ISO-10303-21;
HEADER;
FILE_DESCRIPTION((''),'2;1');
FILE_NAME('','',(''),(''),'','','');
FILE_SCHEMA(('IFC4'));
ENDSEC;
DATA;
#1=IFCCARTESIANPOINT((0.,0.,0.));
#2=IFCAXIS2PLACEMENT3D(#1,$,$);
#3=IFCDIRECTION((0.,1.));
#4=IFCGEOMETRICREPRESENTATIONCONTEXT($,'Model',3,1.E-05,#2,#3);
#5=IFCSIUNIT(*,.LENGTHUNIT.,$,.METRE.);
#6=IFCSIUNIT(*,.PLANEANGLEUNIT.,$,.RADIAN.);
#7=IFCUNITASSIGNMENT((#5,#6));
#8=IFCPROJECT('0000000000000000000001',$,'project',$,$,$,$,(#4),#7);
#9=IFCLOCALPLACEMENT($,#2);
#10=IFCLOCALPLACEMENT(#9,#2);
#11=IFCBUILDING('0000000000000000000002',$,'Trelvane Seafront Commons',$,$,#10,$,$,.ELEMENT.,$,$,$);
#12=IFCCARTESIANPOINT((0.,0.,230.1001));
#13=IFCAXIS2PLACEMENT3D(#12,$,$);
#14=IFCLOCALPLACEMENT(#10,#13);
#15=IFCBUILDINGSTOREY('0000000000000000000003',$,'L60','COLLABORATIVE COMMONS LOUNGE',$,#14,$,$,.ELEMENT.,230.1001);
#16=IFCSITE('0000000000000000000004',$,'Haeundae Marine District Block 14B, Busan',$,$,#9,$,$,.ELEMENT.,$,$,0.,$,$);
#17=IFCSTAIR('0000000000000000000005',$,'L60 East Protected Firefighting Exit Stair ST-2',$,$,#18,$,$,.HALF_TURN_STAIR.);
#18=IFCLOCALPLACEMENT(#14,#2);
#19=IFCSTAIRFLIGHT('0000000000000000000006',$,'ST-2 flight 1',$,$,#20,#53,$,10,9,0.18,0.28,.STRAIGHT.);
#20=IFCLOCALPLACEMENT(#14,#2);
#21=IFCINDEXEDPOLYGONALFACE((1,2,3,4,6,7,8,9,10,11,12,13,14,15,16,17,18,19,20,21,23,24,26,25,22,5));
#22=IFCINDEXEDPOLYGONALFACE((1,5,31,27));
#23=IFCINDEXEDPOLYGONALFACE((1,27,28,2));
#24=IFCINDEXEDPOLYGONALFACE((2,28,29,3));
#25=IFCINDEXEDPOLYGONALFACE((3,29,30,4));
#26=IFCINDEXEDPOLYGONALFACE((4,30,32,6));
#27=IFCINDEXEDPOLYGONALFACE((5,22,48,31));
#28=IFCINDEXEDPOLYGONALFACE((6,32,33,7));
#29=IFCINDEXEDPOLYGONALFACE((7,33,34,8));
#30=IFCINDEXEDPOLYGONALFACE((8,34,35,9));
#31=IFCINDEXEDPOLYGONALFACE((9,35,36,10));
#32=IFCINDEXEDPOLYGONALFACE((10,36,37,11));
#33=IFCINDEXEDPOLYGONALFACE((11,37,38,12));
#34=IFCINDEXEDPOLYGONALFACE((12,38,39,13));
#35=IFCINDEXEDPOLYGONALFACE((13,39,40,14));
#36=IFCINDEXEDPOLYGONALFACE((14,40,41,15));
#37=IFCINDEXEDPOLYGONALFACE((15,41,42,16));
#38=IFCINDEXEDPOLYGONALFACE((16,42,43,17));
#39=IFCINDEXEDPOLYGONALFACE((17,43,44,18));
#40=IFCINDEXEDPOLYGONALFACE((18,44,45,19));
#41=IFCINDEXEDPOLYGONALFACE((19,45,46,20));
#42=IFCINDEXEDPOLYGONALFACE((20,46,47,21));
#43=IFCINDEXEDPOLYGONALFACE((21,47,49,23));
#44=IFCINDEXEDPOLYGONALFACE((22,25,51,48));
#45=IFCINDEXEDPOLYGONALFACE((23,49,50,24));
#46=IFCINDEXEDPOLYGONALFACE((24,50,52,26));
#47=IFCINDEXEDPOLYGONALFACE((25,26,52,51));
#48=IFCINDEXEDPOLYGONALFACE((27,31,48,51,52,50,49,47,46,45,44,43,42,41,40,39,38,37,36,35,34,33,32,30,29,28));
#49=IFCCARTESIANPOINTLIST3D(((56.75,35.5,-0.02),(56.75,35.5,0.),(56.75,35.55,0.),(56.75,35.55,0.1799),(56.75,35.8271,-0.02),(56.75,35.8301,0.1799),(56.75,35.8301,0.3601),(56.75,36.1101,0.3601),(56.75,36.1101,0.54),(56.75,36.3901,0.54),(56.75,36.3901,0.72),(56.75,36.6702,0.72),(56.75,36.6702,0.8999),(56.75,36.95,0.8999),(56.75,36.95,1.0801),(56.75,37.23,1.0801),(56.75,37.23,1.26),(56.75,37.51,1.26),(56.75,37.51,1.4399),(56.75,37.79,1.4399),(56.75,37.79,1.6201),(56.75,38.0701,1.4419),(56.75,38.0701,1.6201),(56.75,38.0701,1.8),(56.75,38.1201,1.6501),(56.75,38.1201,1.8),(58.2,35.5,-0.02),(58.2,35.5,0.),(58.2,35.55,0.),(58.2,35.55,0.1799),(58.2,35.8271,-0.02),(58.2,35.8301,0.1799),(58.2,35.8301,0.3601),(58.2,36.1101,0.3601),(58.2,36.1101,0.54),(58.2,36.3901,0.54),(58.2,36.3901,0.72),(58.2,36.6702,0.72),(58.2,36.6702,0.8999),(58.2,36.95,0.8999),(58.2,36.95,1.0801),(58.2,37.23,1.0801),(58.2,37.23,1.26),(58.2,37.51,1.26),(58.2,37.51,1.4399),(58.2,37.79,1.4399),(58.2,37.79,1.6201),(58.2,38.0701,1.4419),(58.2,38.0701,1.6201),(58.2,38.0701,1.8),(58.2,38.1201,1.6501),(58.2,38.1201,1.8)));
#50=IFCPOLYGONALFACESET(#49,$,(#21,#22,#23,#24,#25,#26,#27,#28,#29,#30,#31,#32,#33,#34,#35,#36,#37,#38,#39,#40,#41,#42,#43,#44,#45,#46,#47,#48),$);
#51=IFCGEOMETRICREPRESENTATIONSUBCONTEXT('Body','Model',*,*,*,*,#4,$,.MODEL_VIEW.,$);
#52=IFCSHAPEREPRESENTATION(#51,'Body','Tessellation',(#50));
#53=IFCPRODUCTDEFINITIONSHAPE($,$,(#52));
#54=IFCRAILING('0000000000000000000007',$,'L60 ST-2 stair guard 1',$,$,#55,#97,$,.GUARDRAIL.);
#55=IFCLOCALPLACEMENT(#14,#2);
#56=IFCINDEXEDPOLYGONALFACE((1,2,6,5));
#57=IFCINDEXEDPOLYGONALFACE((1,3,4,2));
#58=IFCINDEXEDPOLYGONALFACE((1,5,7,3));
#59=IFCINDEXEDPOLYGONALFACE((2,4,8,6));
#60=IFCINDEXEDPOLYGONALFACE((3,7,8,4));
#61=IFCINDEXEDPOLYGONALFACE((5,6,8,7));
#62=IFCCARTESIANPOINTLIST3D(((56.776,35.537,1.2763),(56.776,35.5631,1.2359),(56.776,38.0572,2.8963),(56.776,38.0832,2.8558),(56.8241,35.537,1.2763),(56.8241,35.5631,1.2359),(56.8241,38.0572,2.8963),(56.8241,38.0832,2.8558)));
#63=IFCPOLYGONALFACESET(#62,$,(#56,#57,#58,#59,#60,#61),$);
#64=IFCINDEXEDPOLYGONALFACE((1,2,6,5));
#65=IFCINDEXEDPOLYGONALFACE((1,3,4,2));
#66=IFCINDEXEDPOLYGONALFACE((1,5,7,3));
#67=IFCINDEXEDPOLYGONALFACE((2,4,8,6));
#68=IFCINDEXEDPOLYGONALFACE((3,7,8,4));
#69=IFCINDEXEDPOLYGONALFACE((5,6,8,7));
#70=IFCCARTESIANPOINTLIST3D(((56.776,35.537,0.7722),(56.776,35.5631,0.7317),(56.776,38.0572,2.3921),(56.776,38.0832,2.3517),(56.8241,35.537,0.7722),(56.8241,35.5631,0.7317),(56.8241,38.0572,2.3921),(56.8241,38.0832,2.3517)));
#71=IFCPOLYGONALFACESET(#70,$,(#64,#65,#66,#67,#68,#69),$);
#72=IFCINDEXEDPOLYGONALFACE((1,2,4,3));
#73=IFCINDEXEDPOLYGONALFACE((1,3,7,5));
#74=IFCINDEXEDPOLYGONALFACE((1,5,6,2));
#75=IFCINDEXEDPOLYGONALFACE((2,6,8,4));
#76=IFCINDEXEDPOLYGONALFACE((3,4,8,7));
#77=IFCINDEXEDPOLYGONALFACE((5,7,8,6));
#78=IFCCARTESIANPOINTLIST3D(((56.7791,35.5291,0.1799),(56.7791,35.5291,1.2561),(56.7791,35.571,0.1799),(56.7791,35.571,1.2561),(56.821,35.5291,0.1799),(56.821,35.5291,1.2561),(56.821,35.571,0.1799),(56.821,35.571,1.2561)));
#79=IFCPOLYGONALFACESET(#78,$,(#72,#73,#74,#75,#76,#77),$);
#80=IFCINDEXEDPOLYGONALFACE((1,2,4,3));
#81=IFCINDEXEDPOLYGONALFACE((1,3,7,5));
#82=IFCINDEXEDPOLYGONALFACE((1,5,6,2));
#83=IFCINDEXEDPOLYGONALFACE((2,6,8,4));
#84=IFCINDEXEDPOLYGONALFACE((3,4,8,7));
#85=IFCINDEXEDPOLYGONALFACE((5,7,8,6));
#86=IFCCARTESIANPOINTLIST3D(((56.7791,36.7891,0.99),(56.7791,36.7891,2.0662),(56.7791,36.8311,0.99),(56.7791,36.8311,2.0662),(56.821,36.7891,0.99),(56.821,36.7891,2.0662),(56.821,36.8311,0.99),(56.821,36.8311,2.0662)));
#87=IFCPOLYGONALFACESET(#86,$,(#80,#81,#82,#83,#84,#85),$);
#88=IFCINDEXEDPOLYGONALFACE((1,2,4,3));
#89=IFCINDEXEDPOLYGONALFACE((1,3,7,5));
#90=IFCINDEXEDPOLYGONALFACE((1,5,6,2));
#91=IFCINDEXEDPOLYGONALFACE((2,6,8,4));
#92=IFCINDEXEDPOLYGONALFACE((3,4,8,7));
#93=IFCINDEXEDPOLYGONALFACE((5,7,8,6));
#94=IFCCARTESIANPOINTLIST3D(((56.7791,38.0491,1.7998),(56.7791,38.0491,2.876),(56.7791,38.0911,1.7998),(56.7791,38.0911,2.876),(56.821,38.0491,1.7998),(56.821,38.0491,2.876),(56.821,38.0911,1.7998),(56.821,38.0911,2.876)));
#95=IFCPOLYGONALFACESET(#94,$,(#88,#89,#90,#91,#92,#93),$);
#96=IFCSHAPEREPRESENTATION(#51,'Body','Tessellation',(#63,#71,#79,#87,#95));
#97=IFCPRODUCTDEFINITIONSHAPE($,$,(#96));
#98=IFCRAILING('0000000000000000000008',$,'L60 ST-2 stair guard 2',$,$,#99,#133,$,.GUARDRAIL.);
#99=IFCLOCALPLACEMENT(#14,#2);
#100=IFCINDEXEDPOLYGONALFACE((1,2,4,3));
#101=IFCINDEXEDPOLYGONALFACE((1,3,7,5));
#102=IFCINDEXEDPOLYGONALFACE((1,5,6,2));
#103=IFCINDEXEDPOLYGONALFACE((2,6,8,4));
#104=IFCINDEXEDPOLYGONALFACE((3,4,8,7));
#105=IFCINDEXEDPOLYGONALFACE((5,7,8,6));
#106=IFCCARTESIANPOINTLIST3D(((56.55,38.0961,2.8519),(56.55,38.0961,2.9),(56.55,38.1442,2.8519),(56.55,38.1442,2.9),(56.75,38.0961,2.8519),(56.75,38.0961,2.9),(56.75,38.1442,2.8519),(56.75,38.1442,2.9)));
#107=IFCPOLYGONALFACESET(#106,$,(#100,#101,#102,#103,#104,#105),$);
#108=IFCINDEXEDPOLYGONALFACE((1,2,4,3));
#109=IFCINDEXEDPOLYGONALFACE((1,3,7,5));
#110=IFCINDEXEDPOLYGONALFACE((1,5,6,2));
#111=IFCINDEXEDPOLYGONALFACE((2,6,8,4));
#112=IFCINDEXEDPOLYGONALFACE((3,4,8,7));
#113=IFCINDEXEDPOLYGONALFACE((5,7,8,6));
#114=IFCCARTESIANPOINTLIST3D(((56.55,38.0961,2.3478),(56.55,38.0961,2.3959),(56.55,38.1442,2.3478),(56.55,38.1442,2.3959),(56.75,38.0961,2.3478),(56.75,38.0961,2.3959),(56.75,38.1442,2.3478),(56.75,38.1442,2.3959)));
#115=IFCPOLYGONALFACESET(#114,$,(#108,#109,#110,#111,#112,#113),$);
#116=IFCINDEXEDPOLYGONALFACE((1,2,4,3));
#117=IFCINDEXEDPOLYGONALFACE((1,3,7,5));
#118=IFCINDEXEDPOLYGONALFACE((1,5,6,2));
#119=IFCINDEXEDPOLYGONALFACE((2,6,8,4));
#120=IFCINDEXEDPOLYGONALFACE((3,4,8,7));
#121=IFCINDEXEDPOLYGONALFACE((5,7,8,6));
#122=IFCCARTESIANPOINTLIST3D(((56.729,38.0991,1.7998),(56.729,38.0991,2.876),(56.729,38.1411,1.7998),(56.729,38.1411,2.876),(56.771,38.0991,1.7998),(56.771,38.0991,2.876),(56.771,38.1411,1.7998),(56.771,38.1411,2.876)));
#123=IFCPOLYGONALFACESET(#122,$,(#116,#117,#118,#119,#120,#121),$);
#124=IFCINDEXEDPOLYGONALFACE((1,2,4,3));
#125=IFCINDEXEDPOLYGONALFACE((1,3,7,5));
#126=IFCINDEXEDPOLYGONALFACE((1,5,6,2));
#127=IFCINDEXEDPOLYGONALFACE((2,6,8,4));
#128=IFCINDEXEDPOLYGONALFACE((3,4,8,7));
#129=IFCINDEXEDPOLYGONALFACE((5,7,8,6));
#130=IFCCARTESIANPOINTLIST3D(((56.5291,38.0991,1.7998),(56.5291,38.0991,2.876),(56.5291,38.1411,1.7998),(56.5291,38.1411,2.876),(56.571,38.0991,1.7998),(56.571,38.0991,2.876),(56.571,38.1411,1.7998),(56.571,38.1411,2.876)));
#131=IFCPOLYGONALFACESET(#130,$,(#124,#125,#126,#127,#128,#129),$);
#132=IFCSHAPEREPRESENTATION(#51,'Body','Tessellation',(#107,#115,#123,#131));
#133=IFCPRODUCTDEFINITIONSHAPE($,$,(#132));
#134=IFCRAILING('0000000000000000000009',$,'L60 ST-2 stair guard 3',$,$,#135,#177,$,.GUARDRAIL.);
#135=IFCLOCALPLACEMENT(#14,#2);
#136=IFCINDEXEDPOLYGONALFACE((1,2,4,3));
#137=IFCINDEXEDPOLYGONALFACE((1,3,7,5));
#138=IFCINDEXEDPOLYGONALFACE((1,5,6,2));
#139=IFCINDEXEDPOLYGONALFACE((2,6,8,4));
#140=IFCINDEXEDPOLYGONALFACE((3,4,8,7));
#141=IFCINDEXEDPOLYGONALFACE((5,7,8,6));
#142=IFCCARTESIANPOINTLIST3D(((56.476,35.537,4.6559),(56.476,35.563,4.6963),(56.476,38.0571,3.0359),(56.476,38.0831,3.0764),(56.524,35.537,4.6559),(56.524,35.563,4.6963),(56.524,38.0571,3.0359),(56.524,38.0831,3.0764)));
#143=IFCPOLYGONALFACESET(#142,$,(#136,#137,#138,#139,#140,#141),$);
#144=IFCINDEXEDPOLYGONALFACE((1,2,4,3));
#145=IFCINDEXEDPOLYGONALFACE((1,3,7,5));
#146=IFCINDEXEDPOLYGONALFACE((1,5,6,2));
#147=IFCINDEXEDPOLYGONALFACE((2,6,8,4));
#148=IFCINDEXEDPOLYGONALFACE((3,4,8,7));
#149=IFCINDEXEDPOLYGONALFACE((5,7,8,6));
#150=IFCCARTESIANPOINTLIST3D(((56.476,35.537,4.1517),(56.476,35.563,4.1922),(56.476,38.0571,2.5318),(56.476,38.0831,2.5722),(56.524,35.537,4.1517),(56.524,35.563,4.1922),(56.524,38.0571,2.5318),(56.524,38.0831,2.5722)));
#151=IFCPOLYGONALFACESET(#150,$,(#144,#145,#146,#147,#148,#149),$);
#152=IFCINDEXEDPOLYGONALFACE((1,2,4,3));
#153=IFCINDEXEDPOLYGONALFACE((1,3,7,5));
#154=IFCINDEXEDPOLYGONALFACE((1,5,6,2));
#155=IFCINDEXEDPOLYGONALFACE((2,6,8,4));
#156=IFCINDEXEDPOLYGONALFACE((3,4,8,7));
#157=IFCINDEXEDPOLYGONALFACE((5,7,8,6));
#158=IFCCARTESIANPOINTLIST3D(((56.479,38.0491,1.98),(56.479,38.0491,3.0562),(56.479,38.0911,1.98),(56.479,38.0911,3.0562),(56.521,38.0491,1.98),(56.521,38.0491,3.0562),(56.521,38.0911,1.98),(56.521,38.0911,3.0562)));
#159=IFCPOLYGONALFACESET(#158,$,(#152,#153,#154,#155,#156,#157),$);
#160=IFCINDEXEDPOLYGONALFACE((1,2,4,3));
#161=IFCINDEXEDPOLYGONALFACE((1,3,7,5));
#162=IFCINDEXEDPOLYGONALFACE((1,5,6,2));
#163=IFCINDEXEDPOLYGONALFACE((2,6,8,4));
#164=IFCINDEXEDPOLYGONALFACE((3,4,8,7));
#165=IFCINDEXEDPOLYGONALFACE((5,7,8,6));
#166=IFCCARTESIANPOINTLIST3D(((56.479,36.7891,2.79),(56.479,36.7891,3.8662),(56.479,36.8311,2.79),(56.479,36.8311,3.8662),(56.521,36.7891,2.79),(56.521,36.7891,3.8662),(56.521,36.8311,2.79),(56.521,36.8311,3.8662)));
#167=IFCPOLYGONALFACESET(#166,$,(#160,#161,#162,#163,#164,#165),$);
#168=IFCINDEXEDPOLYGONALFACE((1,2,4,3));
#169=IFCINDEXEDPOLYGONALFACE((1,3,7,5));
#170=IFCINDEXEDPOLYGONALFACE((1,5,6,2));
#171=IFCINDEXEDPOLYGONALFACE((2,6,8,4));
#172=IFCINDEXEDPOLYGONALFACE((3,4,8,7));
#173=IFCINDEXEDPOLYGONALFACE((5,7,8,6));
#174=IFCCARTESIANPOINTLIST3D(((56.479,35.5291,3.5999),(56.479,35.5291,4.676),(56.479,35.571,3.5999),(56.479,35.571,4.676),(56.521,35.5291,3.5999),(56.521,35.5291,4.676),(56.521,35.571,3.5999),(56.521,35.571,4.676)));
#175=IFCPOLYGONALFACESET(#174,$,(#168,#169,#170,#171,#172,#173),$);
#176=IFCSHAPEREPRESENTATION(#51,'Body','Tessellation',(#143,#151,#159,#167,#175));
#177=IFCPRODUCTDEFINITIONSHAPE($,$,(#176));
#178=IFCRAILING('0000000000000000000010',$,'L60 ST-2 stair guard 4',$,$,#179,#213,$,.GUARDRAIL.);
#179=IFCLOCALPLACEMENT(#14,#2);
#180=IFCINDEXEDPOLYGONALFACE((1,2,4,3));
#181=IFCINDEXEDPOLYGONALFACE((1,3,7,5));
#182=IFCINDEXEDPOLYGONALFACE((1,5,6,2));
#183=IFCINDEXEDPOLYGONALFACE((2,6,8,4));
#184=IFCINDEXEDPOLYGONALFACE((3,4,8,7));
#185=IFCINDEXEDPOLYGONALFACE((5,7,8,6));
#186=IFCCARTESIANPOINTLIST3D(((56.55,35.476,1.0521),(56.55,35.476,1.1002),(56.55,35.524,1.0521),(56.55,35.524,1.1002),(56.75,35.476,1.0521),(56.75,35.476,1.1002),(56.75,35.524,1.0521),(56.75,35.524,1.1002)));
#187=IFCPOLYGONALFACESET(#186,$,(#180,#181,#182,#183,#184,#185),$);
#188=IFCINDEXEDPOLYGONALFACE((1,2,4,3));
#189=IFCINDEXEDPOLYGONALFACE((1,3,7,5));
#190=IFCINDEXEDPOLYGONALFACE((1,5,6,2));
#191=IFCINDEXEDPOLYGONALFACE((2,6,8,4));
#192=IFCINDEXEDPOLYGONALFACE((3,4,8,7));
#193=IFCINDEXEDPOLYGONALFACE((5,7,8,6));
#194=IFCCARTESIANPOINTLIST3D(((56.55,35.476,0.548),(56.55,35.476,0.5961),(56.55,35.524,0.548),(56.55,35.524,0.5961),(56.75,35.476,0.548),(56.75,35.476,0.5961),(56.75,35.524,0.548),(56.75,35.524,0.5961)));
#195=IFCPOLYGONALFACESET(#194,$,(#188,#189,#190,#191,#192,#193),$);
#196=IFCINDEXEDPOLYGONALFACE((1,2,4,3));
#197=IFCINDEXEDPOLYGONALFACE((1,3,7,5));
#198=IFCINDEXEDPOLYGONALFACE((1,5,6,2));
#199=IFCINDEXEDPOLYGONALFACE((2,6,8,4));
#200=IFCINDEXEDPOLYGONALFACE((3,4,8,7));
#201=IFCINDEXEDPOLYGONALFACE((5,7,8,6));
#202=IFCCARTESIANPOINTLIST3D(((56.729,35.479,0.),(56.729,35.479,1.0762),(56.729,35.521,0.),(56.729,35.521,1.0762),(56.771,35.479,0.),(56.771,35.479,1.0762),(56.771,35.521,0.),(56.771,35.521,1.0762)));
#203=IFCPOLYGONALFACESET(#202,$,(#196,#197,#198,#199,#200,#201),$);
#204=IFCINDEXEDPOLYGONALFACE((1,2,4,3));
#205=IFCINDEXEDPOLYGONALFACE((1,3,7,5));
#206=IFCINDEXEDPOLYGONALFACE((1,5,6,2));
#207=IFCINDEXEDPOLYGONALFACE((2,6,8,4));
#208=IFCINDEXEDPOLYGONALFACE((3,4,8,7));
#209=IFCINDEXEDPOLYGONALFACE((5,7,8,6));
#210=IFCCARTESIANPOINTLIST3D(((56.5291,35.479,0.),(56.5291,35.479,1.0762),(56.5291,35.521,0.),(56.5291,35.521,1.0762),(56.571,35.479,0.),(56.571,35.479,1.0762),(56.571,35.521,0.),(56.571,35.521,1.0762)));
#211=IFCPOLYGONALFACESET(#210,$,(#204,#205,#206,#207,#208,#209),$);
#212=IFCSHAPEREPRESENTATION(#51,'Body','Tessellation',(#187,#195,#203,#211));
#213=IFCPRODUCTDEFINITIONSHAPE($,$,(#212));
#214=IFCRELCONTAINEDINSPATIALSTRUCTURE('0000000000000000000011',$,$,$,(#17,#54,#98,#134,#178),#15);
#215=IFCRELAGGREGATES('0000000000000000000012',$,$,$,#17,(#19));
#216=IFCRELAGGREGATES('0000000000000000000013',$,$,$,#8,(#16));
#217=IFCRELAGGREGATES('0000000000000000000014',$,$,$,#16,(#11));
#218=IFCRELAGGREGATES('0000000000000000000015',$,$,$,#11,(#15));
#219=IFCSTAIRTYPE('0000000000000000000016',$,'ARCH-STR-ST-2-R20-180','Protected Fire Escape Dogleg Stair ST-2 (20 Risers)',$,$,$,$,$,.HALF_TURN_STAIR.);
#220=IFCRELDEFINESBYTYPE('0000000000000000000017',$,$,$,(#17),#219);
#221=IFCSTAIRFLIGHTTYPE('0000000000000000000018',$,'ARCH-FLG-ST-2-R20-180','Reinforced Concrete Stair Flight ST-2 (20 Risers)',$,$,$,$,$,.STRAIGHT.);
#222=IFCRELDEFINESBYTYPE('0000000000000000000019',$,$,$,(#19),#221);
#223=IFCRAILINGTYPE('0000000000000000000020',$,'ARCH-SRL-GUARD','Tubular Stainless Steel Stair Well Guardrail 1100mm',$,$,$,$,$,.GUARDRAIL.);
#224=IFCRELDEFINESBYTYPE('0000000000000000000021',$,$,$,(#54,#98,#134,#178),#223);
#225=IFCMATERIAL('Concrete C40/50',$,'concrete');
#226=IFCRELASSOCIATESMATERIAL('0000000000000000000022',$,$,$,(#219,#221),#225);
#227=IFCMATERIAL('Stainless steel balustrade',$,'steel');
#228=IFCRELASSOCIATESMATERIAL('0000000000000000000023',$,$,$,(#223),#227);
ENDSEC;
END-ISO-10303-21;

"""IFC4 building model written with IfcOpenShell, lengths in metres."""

from ifc_helpers import new_model, si_unit, direction, frame, origin, origin_2d, place, context, subcontext, project, spatial, polyline, rectangle, outline, extrude, source, transform, mapped, material, type_object, element, aggregate, save


model = new_model("IFC4")

# Units and contexts
model_context = context("Model", 3, precision=1e-05, world=origin(), true_north=direction((0.0, 1.0)))
body_context = subcontext(model_context, "Body", "Model", "MODEL_VIEW")
ifc_project = project(units=[si_unit("LENGTHUNIT", "METRE"), si_unit("PLANEANGLEUNIT", "RADIAN")], contexts=[model_context])

# Site, building, storey
site_placement = place(None, origin())
site = spatial("IfcSite", under=ifc_project, at=site_placement, Name="Haeundae Marine District Block 14B, Busan", CompositionType="ELEMENT", RefElevation=0.0)
building_placement = place(site_placement, origin())
building = spatial("IfcBuilding", under=site, at=building_placement, Name="Trelvane Seafront Commons", CompositionType="ELEMENT")
storey_placement = place(building_placement, frame((0.0, 0.0, 230.1001)))
storey = spatial("IfcBuildingStorey", under=building, at=storey_placement, Name="L60", Description="COLLABORATIVE COMMONS LOUNGE", CompositionType="ELEMENT", Elevation=230.1001)

# Stair, stair flight
ifc_material_1 = material(Name="Concrete C40/50", Category="concrete")
stair_type = type_object("IfcStairType", Name="ARCH-STR-ST-2-R20-180", Description="Protected Fire Escape Dogleg Stair ST-2 (20 Risers)", PredefinedType="HALF_TURN_STAIR", material=ifc_material_1)
stair_placement = place(storey_placement, origin())
stair = element("IfcStair", 1, at=stair_placement, inside=storey, type_object=stair_type, Name="L60 East Protected Firefighting Exit Stair ST-2", PredefinedType="HALF_TURN_STAIR")
stair_flight_type = type_object("IfcStairFlightType", Name="ARCH-FLG-ST-2-R20-180", Description="Reinforced Concrete Stair Flight ST-2 (20 Risers)", PredefinedType="STRAIGHT", material=ifc_material_1)
shared_shape_1 = source(origin(), body_context, "Body", "SweptSolid", [
    extrude(outline(polyline([(-0.05, -0.02), (-0.05, 0.0), (0.0, 0.0), (0.0, 0.1799), (0.28, 0.1799), (0.28, 0.3601), (0.5601, 0.3601), (0.5601, 0.54), (0.8401, 0.54), (0.8401, 0.72), (1.1201, 0.72), (1.1201, 0.8999), (1.3999, 0.8999), (1.3999, 1.0801), (1.6799, 1.0801), (1.6799, 1.26), (1.96, 1.26), (1.96, 1.4399), (2.24, 1.4399), (2.24, 1.6201), (2.52, 1.6201), (2.52, 1.8), (2.5701, 1.8), (2.5701, 1.6501), (2.52, 1.4419), (0.2771, -0.02), (-0.05, -0.02)])), frame((0.0, 0.7251, 0.0), z_axis=(0.0, -1.0, 0.0), x_axis=(1.0, 0.0, 0.0)), (0.0, 0.0, 1.0), 1.45),
])
stair_flight_placement = place(storey_placement, frame((57.4751, 35.55, 0.0), z_axis=(0.0, 0.0, 1.0), x_axis=(0.0, 1.0, 0.0)))
stair_flight = element("IfcStairFlight", 2, at=stair_flight_placement, type_object=stair_flight_type, Name="ST-2 flight 1", NumberOfRisers=10, NumberOfTreads=9, PredefinedType="STRAIGHT", RiserHeight=0.18, TreadLength=0.28, context=body_context, shape_type="MappedRepresentation", body=[
    mapped(shared_shape_1, transform((0.0, 0.0, 0.0), x_axis=(1.0, 0.0, 0.0), y_axis=(0.0, 1.0, 0.0), z_axis=(0.0, 0.0, 1.0), scale=1.0)),
])
aggregate(stair, [stair_flight])

# Railings
ifc_material_2 = material(Name="Stainless steel balustrade", Category="steel")
railing_type_1 = type_object("IfcRailingType", Name="ARCH-SRL-GUARD", Description="Tubular Stainless Steel Stair Well Guardrail 1100mm", PredefinedType="GUARDRAIL", material=ifc_material_2)
railing_1_placement = place(storey_placement, frame((56.8, 35.55, 0.1799)))
element("IfcRailing", 3, at=railing_1_placement, inside=storey, type_object=railing_type_1, Name="L60 ST-2 stair guard 1", PredefinedType="GUARDRAIL", context=body_context, shape_type="SweptSolid", body=[
    extrude(rectangle(XDim=0.0481, YDim=0.0481, at=origin_2d()), frame((0.0, 0.0, 1.0762), z_axis=(0.0, 0.8412, 0.540725), x_axis=(-1.0, 0.0, 0.0)), (0.0, 0.0, 1.0), 2.9958),
    extrude(rectangle(XDim=0.0481, YDim=0.0481, at=origin_2d()), frame((0.0, 0.0, 0.572), z_axis=(0.0, 0.8412, 0.540725), x_axis=(-1.0, 0.0, 0.0)), (0.0, 0.0, 1.0), 2.9958),
    extrude(rectangle(XDim=0.042, YDim=0.042, at=origin_2d()), origin(), (0.0, 0.0, 1.0), 1.0762),
    extrude(rectangle(XDim=0.042, YDim=0.042, at=origin_2d()), frame((0.0, 1.26, 0.8101)), (0.0, 0.0, 1.0), 1.0762),
    extrude(rectangle(XDim=0.042, YDim=0.042, at=origin_2d()), frame((0.0, 2.52, 1.6199)), (0.0, 0.0, 1.0), 1.0762),
])
railing_2_placement = place(storey_placement, frame((56.75, 38.1201, 1.7998)))
element("IfcRailing", 4, at=railing_2_placement, inside=storey, type_object=railing_type_1, Name="L60 ST-2 stair guard 2", PredefinedType="GUARDRAIL", context=body_context, shape_type="SweptSolid", body=[
    extrude(rectangle(XDim=0.0481, YDim=0.0481, at=origin_2d()), frame((0.0, 0.0, 1.0762), z_axis=(-1.0, 0.0, 0.0), x_axis=(0.0, -1.0, 0.0)), (0.0, 0.0, 1.0), 0.2),
    extrude(rectangle(XDim=0.0481, YDim=0.0481, at=origin_2d()), frame((0.0, 0.0, 0.572), z_axis=(-1.0, 0.0, 0.0), x_axis=(0.0, -1.0, 0.0)), (0.0, 0.0, 1.0), 0.2),
    extrude(rectangle(XDim=0.042, YDim=0.042, at=origin_2d()), origin(), (0.0, 0.0, 1.0), 1.0762),
    extrude(rectangle(XDim=0.042, YDim=0.042, at=origin_2d()), frame((-0.2, 0.0, 0.0)), (0.0, 0.0, 1.0), 1.0762),
])
railing_3_placement = place(storey_placement, frame((56.5, 38.0701, 1.98)))
element("IfcRailing", 5, at=railing_3_placement, inside=storey, type_object=railing_type_1, Name="L60 ST-2 stair guard 3", PredefinedType="GUARDRAIL", context=body_context, shape_type="SweptSolid", body=[
    extrude(rectangle(XDim=0.0481, YDim=0.0481, at=origin_2d()), frame((0.0, 0.0, 1.0762), z_axis=(0.0, -0.8412, 0.540725), x_axis=(1.0, 0.0, 0.0)), (0.0, 0.0, 1.0), 2.9958),
    extrude(rectangle(XDim=0.0481, YDim=0.0481, at=origin_2d()), frame((0.0, 0.0, 0.572), z_axis=(0.0, -0.8412, 0.540725), x_axis=(1.0, 0.0, 0.0)), (0.0, 0.0, 1.0), 2.9958),
    extrude(rectangle(XDim=0.042, YDim=0.042, at=origin_2d()), origin(), (0.0, 0.0, 1.0), 1.0762),
    extrude(rectangle(XDim=0.042, YDim=0.042, at=origin_2d()), frame((0.0, -1.26, 0.8101)), (0.0, 0.0, 1.0), 1.0762),
    extrude(rectangle(XDim=0.042, YDim=0.042, at=origin_2d()), frame((0.0, -2.52, 1.6199)), (0.0, 0.0, 1.0), 1.0762),
])
railing_4_placement = place(storey_placement, frame((56.75, 35.5, 0.0)))
element("IfcRailing", 6, at=railing_4_placement, inside=storey, type_object=railing_type_1, Name="L60 ST-2 stair guard 4", PredefinedType="GUARDRAIL", context=body_context, shape_type="SweptSolid", body=[
    extrude(rectangle(XDim=0.0481, YDim=0.0481, at=origin_2d()), frame((0.0, 0.0, 1.0762), z_axis=(-1.0, 0.0, 0.0), x_axis=(0.0, -1.0, 0.0)), (0.0, 0.0, 1.0), 0.2),
    extrude(rectangle(XDim=0.0481, YDim=0.0481, at=origin_2d()), frame((0.0, 0.0, 0.572), z_axis=(-1.0, 0.0, 0.0), x_axis=(0.0, -1.0, 0.0)), (0.0, 0.0, 1.0), 0.2),
    extrude(rectangle(XDim=0.042, YDim=0.042, at=origin_2d()), origin(), (0.0, 0.0, 1.0), 1.0762),
    extrude(rectangle(XDim=0.042, YDim=0.042, at=origin_2d()), frame((-0.2, 0.0, 0.0)), (0.0, 0.0, 1.0), 1.0762),
])

save(model, "model.ifc")
